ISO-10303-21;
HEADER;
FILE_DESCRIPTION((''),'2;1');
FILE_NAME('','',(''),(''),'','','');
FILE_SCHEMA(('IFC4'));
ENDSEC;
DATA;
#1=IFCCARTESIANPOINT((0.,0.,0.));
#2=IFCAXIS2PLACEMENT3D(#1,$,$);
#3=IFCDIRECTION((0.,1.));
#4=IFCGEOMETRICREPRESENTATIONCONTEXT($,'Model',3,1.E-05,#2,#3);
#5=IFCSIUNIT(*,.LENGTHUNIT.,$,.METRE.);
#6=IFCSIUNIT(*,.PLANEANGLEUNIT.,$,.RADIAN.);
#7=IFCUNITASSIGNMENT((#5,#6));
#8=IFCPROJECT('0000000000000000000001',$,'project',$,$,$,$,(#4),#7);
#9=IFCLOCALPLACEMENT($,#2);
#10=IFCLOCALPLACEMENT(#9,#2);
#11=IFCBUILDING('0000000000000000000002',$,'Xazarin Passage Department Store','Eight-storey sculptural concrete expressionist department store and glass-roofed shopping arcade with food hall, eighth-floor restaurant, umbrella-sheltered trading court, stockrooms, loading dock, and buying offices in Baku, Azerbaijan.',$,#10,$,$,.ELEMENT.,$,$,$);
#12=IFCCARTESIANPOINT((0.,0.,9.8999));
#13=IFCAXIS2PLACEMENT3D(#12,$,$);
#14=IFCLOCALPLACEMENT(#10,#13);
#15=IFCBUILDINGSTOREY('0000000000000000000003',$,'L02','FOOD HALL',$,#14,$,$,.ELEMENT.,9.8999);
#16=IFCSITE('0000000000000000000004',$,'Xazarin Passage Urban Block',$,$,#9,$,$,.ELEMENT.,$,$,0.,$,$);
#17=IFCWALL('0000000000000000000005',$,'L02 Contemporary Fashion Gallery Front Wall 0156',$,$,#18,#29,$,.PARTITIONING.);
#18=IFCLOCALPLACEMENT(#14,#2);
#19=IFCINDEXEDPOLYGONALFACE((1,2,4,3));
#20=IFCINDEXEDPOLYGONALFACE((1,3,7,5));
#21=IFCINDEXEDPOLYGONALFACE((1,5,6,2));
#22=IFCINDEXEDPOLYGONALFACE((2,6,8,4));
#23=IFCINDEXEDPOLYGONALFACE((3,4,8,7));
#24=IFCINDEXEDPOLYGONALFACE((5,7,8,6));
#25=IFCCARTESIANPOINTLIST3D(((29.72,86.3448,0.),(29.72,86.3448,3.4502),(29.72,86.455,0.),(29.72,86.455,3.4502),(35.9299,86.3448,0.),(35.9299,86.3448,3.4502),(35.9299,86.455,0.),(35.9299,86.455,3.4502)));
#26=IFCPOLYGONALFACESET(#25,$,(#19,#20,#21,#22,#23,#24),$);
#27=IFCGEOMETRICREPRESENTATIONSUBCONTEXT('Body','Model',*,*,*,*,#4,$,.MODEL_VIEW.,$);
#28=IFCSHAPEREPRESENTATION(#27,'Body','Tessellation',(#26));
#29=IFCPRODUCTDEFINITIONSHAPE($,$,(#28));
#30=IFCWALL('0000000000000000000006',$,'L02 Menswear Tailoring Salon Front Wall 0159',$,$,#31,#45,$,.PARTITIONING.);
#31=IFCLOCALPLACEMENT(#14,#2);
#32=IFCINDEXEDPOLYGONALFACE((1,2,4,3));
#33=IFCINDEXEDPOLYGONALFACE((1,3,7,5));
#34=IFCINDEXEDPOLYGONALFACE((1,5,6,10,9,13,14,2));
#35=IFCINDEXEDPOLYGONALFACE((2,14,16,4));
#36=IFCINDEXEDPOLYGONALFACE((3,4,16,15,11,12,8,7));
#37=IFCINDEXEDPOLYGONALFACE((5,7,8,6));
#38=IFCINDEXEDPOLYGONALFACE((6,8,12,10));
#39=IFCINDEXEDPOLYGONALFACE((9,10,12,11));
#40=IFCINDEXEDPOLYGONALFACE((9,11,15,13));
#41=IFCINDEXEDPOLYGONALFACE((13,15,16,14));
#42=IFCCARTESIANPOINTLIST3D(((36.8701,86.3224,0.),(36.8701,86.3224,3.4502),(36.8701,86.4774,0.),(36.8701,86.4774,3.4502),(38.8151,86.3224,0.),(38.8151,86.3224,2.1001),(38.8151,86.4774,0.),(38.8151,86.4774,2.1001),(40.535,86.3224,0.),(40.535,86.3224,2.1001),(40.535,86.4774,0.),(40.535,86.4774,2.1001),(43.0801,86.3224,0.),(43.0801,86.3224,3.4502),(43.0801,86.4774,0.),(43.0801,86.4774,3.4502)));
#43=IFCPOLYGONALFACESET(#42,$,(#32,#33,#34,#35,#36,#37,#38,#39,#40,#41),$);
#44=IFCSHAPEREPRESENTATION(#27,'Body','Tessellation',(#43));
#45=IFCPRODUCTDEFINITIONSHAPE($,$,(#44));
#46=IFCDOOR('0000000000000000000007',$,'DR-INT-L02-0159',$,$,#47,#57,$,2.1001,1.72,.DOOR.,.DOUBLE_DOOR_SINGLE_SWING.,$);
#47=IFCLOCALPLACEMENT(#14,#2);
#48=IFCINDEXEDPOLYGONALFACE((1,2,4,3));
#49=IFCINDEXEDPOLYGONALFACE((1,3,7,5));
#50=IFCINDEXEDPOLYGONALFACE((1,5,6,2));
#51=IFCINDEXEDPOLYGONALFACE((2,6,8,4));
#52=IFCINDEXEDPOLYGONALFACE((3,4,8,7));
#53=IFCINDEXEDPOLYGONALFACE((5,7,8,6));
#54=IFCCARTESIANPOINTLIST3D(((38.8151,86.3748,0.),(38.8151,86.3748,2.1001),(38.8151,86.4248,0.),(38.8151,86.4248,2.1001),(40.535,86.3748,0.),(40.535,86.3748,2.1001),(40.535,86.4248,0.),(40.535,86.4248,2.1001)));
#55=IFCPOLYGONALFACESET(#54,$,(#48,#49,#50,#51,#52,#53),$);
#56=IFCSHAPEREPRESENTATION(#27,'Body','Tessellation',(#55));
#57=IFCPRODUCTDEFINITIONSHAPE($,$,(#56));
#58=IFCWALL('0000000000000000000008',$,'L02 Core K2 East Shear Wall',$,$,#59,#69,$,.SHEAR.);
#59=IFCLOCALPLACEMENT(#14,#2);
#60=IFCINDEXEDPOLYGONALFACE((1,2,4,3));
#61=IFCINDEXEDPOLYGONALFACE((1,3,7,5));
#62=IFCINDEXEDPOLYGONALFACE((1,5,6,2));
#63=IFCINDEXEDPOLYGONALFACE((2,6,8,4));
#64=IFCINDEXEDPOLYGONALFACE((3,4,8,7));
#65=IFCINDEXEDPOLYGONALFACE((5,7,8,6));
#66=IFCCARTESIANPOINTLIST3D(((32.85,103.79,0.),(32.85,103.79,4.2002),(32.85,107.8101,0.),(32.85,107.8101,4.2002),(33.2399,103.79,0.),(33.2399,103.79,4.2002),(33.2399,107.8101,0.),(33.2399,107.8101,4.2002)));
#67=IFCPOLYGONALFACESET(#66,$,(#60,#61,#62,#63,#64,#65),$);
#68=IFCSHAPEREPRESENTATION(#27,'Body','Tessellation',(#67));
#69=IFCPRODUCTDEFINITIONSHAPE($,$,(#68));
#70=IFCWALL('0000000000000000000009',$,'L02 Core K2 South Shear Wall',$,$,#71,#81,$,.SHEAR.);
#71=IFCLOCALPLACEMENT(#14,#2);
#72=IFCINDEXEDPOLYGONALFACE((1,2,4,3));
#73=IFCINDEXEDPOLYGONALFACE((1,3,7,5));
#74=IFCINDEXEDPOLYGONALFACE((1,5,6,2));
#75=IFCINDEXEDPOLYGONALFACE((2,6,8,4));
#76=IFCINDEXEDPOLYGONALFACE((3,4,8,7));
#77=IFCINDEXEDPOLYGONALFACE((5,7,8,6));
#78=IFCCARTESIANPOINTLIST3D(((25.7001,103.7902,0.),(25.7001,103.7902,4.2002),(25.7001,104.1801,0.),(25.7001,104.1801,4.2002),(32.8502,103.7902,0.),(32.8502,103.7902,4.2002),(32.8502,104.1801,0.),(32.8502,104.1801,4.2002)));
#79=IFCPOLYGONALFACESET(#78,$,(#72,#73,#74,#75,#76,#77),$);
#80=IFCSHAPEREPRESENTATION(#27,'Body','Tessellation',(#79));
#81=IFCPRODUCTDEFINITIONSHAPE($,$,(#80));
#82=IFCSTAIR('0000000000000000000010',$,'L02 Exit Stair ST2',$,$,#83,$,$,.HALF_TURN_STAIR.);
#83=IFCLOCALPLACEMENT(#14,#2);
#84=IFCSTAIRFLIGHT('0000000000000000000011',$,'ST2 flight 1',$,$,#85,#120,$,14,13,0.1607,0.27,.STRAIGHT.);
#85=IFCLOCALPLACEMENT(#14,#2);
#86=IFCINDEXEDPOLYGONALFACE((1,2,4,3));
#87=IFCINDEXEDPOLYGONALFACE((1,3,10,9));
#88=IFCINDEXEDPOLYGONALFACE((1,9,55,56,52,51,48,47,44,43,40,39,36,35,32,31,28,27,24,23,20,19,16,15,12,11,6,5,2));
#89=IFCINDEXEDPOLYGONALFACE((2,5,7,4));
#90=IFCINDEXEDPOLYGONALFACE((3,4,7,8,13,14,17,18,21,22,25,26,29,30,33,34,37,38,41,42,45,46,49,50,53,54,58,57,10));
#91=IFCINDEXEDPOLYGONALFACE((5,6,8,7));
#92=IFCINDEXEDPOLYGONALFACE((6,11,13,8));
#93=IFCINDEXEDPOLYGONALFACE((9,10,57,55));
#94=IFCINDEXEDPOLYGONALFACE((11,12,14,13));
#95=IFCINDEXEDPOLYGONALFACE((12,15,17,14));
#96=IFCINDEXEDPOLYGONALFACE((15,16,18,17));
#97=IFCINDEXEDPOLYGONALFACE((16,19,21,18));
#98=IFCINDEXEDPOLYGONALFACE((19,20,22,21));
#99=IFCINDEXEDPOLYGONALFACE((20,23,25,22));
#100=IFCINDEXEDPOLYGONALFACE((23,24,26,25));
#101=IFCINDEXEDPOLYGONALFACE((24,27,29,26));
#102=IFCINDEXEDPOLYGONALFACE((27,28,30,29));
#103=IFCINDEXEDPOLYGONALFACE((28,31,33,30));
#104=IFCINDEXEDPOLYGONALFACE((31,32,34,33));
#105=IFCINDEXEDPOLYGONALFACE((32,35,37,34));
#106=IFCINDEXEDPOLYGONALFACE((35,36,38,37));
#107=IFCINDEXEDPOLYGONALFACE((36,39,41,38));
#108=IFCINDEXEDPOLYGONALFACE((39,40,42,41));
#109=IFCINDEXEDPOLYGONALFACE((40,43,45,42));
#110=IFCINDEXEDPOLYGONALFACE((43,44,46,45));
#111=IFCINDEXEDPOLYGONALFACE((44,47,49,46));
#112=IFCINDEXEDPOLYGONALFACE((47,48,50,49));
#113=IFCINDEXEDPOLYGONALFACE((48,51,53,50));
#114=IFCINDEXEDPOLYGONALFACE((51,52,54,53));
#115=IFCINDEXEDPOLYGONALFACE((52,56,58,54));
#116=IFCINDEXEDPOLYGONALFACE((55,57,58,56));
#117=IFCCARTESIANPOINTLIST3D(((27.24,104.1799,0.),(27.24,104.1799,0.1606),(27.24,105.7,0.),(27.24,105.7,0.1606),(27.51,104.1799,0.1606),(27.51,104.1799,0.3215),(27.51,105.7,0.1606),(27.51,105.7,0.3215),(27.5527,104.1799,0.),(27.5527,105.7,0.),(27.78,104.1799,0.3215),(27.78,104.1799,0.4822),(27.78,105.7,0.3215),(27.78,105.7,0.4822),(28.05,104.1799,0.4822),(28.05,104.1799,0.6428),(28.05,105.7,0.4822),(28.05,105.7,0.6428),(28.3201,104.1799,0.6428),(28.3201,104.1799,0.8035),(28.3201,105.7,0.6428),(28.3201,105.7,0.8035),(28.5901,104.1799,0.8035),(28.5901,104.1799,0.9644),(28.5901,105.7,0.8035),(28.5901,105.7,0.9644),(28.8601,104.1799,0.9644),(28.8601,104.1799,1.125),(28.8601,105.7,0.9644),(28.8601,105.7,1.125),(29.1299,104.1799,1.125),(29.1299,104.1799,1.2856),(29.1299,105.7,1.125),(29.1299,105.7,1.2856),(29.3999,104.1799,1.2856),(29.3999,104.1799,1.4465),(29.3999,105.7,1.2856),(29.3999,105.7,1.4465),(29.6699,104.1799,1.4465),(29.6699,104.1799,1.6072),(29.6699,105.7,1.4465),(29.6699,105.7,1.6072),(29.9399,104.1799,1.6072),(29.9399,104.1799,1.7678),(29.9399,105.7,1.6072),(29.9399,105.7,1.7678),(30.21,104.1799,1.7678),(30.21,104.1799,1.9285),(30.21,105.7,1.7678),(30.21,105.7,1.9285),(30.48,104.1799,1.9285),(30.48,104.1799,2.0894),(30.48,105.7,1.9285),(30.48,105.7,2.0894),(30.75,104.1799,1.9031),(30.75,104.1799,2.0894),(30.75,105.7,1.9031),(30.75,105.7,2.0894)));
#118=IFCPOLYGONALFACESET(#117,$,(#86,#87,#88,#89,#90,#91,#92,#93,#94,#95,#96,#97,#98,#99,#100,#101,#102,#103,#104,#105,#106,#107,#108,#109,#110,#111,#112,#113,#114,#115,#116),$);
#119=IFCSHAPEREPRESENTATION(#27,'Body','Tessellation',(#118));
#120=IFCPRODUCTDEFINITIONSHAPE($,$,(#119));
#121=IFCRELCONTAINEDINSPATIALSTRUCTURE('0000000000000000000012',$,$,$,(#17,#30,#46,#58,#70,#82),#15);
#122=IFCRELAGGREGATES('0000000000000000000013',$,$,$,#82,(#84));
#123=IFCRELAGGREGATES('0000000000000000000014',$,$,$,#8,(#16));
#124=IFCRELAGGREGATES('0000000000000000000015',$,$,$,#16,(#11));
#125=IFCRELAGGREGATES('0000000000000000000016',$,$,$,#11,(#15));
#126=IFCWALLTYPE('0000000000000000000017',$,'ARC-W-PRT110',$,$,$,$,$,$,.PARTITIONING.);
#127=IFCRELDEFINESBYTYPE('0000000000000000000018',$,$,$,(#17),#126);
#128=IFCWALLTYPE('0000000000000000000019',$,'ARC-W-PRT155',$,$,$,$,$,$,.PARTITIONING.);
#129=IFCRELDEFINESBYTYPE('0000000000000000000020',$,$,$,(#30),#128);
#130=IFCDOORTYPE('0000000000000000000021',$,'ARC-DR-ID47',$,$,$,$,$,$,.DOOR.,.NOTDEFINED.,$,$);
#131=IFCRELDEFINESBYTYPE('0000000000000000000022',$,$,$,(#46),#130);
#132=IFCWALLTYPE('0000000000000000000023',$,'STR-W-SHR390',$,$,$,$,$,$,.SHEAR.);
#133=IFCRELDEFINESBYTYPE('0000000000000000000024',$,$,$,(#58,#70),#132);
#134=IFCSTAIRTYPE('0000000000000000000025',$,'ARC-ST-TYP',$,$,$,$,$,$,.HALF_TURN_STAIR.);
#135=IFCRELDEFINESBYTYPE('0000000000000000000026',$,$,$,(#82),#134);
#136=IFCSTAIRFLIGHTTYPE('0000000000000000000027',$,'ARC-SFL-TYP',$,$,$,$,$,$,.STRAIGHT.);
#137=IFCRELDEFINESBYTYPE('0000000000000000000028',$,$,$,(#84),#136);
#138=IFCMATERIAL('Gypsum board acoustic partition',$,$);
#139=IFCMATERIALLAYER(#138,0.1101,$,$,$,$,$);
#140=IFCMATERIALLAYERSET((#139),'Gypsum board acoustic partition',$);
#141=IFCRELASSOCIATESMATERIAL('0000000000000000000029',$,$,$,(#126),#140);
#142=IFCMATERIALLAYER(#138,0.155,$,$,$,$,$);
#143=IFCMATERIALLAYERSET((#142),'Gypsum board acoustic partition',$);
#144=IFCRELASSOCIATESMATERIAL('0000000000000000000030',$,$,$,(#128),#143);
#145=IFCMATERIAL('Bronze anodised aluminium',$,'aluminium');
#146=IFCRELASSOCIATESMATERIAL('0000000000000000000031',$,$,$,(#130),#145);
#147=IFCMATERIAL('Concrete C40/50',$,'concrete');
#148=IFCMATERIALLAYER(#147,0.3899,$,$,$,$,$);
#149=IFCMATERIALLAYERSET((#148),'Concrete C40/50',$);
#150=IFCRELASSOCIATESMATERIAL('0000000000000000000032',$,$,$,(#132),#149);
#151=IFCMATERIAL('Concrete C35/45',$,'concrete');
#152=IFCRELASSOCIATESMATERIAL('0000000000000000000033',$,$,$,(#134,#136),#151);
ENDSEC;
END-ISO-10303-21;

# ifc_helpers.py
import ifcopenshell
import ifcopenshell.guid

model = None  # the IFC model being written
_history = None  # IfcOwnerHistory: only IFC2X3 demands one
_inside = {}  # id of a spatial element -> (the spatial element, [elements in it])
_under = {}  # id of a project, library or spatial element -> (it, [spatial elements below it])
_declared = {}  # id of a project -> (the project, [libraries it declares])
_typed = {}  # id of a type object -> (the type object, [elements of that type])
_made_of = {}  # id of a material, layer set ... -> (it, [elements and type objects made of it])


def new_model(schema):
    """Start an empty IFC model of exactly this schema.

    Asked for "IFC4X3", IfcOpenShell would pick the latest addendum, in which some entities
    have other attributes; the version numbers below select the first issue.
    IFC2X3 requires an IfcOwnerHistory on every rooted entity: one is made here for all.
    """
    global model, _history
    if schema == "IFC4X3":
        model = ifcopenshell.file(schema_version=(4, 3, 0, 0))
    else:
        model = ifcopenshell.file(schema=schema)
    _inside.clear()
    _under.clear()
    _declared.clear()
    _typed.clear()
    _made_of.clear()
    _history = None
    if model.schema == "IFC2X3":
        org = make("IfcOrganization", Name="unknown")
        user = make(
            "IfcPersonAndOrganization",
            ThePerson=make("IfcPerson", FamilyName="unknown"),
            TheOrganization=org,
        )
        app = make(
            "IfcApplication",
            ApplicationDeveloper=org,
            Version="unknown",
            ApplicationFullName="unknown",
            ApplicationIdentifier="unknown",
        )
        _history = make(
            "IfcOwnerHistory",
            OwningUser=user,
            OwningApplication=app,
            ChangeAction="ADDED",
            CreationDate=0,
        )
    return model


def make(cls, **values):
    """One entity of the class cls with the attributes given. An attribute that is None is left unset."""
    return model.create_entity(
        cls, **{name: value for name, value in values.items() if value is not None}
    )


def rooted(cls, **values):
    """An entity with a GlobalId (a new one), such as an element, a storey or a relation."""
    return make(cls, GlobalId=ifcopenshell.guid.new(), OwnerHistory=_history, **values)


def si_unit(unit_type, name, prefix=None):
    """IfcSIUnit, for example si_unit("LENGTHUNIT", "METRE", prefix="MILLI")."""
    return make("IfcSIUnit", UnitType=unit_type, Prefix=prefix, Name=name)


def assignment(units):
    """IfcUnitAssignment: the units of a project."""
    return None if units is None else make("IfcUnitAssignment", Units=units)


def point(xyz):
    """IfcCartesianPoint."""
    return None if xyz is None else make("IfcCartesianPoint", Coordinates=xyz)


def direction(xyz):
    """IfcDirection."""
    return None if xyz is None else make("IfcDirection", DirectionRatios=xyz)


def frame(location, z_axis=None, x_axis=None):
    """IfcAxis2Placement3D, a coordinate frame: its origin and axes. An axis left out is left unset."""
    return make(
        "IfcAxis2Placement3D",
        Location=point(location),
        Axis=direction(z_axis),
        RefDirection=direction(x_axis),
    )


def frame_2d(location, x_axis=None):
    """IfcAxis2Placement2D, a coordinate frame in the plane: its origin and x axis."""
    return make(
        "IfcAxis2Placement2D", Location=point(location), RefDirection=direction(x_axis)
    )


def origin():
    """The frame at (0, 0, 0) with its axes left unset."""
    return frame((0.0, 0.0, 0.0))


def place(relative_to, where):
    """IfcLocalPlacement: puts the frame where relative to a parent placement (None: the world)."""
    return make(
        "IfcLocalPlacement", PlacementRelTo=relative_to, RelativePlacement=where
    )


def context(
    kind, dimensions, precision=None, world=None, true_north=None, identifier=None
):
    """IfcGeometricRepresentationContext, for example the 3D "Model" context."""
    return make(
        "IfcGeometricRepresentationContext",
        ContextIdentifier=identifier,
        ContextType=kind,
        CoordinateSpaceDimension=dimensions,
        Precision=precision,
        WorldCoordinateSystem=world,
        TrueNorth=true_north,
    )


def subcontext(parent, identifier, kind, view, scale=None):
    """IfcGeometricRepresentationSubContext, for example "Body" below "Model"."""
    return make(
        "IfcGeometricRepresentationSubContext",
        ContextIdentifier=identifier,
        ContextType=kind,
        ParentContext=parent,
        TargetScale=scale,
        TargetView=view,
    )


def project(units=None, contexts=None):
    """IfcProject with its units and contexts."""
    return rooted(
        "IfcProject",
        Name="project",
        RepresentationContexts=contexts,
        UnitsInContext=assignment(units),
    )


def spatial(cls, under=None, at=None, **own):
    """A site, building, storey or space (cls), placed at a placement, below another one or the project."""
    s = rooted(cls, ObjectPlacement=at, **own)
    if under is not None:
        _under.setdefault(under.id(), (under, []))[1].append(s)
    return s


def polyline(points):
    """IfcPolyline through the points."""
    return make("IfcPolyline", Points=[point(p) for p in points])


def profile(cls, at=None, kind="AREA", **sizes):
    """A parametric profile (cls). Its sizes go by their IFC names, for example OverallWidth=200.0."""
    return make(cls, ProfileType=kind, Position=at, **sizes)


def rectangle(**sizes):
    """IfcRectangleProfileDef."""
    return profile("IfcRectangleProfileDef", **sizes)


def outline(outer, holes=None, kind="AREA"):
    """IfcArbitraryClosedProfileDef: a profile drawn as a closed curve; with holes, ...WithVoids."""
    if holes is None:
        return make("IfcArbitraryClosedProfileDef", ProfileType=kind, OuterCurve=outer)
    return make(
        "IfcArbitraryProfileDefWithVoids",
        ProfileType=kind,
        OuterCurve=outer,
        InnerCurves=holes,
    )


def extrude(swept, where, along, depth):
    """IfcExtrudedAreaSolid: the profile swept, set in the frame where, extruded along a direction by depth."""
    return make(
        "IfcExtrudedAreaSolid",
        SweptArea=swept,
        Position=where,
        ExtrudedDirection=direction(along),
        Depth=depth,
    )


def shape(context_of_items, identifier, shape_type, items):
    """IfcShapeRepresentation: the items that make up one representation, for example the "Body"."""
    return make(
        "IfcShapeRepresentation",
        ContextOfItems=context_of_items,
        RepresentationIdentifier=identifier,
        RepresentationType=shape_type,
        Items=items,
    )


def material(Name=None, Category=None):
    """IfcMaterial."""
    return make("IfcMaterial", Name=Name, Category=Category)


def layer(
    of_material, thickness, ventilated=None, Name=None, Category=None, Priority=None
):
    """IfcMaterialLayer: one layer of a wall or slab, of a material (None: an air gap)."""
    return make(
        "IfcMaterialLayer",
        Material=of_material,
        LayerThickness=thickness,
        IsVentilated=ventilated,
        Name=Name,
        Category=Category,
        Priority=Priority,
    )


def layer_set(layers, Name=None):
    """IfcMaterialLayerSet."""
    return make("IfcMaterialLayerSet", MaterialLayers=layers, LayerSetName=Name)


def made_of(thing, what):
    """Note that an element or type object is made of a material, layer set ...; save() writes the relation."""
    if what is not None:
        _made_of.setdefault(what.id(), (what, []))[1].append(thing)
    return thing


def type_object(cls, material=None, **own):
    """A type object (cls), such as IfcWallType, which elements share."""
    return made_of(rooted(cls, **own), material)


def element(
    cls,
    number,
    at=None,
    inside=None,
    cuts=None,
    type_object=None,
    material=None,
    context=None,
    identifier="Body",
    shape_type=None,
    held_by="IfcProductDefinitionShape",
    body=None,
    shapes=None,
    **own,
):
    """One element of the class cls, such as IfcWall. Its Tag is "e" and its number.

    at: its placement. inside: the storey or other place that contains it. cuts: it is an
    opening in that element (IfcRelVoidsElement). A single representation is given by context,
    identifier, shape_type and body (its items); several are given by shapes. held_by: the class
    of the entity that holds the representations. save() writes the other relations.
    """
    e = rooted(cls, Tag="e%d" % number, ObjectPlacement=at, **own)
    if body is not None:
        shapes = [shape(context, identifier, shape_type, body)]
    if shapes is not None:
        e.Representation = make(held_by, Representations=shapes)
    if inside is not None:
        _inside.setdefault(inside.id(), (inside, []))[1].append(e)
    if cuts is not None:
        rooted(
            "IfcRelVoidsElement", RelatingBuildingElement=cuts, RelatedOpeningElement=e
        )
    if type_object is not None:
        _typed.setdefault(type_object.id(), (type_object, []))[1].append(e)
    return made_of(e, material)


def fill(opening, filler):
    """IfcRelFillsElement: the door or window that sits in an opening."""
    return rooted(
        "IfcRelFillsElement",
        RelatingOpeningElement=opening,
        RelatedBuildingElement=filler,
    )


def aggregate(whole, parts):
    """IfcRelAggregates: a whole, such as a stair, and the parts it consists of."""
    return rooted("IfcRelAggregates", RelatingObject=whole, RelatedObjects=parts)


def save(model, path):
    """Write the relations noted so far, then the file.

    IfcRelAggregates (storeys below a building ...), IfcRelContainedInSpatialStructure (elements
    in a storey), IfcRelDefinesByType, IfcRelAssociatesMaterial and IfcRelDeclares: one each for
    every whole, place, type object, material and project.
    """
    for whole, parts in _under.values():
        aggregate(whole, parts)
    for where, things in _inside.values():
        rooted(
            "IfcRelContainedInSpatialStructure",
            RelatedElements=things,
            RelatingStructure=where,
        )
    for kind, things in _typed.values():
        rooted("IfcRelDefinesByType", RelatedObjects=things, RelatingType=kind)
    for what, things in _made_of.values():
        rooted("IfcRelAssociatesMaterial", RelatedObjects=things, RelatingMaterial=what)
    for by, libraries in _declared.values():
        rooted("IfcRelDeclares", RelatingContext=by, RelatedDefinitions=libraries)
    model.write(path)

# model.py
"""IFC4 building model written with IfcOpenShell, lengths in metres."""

from ifc_helpers import new_model, si_unit, direction, frame, frame_2d, origin, place, context, subcontext, project, spatial, polyline, rectangle, outline, extrude, material, layer, layer_set, type_object, element, fill, aggregate, save


model = new_model("IFC4")

# Units and contexts
model_context = context("Model", 3, precision=1e-05, world=origin(), true_north=direction((0.0, 1.0)))
body_context = subcontext(model_context, "Body", "Model", "MODEL_VIEW")
ifc_project = project(units=[si_unit("LENGTHUNIT", "METRE"), si_unit("PLANEANGLEUNIT", "RADIAN")], contexts=[model_context])

# Site, building, storey
site_placement = place(None, origin())
site = spatial("IfcSite", under=ifc_project, at=site_placement, Name="Xazarin Passage Urban Block", CompositionType="ELEMENT", RefElevation=0.0)
building_placement = place(site_placement, origin())
building = spatial("IfcBuilding", under=site, at=building_placement, Name="Xazarin Passage Department Store", Description="Eight-storey sculptural concrete expressionist department store and glass-roofed shopping arcade with food hall, eighth-floor restaurant, umbrella-sheltered trading court, stockrooms, loading dock, and buying offices in Baku, Azerbaijan.", CompositionType="ELEMENT")
storey_placement = place(building_placement, frame((0.0, 0.0, 9.8999)))
storey = spatial("IfcBuildingStorey", under=building, at=storey_placement, Name="L02", Description="FOOD HALL", CompositionType="ELEMENT", Elevation=9.8999)

# Shared definitions
ifc_material_1 = material(Name="Concrete C40/50", Category="concrete")

# Shared definitions
ifc_material_2 = material(Name="Concrete C35/45", Category="concrete")

# Shared definitions
ifc_material_3 = material(Name="Gypsum board acoustic partition")
ifc_layer_1 = layer(ifc_material_3, 0.1101)
ifc_layer_set_1 = layer_set([ifc_layer_1], Name="Gypsum board acoustic partition")
wall_type_1 = type_object("IfcWallType", Name="ARC-W-PRT110", PredefinedType="PARTITIONING", material=ifc_layer_set_1)
ifc_material_4 = material(Name="Bronze anodised aluminium", Category="aluminium")

# Wall
wall_1_placement = place(storey_placement, frame((29.72, 86.3999, 0.0), z_axis=(0.0, 0.0, 1.0), x_axis=(1.0, 0.0, 0.0)))
element("IfcWall", 1, at=wall_1_placement, inside=storey, type_object=wall_type_1, Name="L02 Contemporary Fashion Gallery Front Wall 0156", PredefinedType="PARTITIONING", context=body_context, shape_type="SweptSolid", body=[
    extrude(rectangle(XDim=6.21, YDim=0.1101, at=frame_2d((3.105, 0.0))), origin(), (0.0, 0.0, 1.0), 3.4502),
])

# Wall, opening, door
ifc_layer_2 = layer(ifc_material_3, 0.155)
ifc_layer_set_2 = layer_set([ifc_layer_2], Name="Gypsum board acoustic partition")
wall_type_2 = type_object("IfcWallType", Name="ARC-W-PRT155", PredefinedType="PARTITIONING", material=ifc_layer_set_2)
wall_2_placement = place(storey_placement, frame((36.8701, 86.3999, 0.0), z_axis=(0.0, 0.0, 1.0), x_axis=(1.0, 0.0, 0.0)))
wall_2 = element("IfcWall", 2, at=wall_2_placement, inside=storey, type_object=wall_type_2, Name="L02 Menswear Tailoring Salon Front Wall 0159", PredefinedType="PARTITIONING", context=body_context, shape_type="SweptSolid", body=[
    extrude(rectangle(XDim=6.21, YDim=0.155, at=frame_2d((3.105, 0.0))), origin(), (0.0, 0.0, 1.0), 3.4502),
])
opening_1_placement = place(wall_2_placement, frame((1.9451, 0.0, 0.0)))
opening_1 = element("IfcOpeningElement", 3, at=opening_1_placement, cuts=wall_2, PredefinedType="OPENING", context=body_context, shape_type="SweptSolid", body=[
    extrude(rectangle(XDim=1.72, YDim=2.1001, at=frame_2d((0.8599, 1.05))), frame((0.0, 0.0874, 0.0), z_axis=(0.0, -1.0, 0.0), x_axis=(1.0, 0.0, 0.0)), (0.0, 0.0, 1.0), 0.175),
])
door_type_1 = type_object("IfcDoorType", Name="ARC-DR-ID47", OperationType="NOTDEFINED", PredefinedType="DOOR", material=ifc_material_4)
door_1_placement = place(opening_1_placement, origin())
door_1 = element("IfcDoor", 4, at=door_1_placement, inside=storey, type_object=door_type_1, Name="DR-INT-L02-0159", OperationType="DOUBLE_DOOR_SINGLE_SWING", OverallHeight=2.1001, OverallWidth=1.72, PredefinedType="DOOR", context=body_context, shape_type="SweptSolid", body=[
    extrude(rectangle(XDim=1.72, YDim=2.1001, at=frame_2d((0.8599, 1.05))), frame((0.0, 0.0249, 0.0), z_axis=(0.0, -1.0, 0.0), x_axis=(1.0, 0.0, 0.0)), (0.0, 0.0, 1.0), 0.05),
])
fill(opening_1, door_1)

# Walls
ifc_layer_3 = layer(ifc_material_1, 0.3899)
ifc_layer_set_3 = layer_set([ifc_layer_3], Name="Concrete C40/50")
wall_type_3 = type_object("IfcWallType", Name="STR-W-SHR390", PredefinedType="SHEAR", material=ifc_layer_set_3)
wall_3_placement = place(storey_placement, frame((33.0449, 103.79, 0.0), z_axis=(0.0, 0.0, 1.0), x_axis=(0.0, 1.0, 0.0)))
element("IfcWall", 5, at=wall_3_placement, inside=storey, type_object=wall_type_3, Name="L02 Core K2 East Shear Wall", PredefinedType="SHEAR", context=body_context, shape_type="SweptSolid", body=[
    extrude(rectangle(XDim=4.02, YDim=0.3899, at=frame_2d((2.01, 0.0))), origin(), (0.0, 0.0, 1.0), 4.2002),
])
wall_4_placement = place(storey_placement, frame((25.7, 103.9851, 0.0), z_axis=(0.0, 0.0, 1.0), x_axis=(1.0, 0.0, 0.0)))
element("IfcWall", 6, at=wall_4_placement, inside=storey, type_object=wall_type_3, Name="L02 Core K2 South Shear Wall", PredefinedType="SHEAR", context=body_context, shape_type="SweptSolid", body=[
    extrude(rectangle(XDim=7.1501, YDim=0.3899, at=frame_2d((3.5752, 0.0))), origin(), (0.0, 0.0, 1.0), 4.2002),
])

# Stair, stair flight
stair_type = type_object("IfcStairType", Name="ARC-ST-TYP", PredefinedType="HALF_TURN_STAIR", material=ifc_material_2)
stair_placement = place(storey_placement, origin())
stair = element("IfcStair", 7, at=stair_placement, inside=storey, type_object=stair_type, Name="L02 Exit Stair ST2", PredefinedType="HALF_TURN_STAIR")
stair_flight_type = type_object("IfcStairFlightType", Name="ARC-SFL-TYP", PredefinedType="STRAIGHT", material=ifc_material_2)
stair_flight_placement = place(storey_placement, frame((27.24, 104.9399, 0.0), z_axis=(0.0, 0.0, 1.0), x_axis=(1.0, 0.0, 0.0)))
stair_flight = element("IfcStairFlight", 8, at=stair_flight_placement, type_object=stair_flight_type, Name="ST2 flight 1", NumberOfRisers=14, NumberOfTreads=13, PredefinedType="STRAIGHT", RiserHeight=0.1607, TreadLength=0.27, context=body_context, shape_type="SweptSolid", body=[
    extrude(outline(polyline([(0.0, 0.0), (0.0, 0.1606), (0.27, 0.1606), (0.27, 0.3215), (0.54, 0.3215), (0.54, 0.4822), (0.8101, 0.4822), (0.8101, 0.6428), (1.0801, 0.6428), (1.0801, 0.8035), (1.3501, 0.8035), (1.3501, 0.9644), (1.6201, 0.9644), (1.6201, 1.125), (1.8899, 1.125), (1.8899, 1.2856), (2.1599, 1.2856), (2.1599, 1.4465), (2.4299, 1.4465), (2.4299, 1.6072), (2.7, 1.6072), (2.7, 1.7678), (2.97, 1.7678), (2.97, 1.9285), (3.24, 1.9285), (3.24, 2.0894), (3.51, 2.0894), (3.51, 2.25), (3.51, 1.9031), (0.3127, 0.0), (0.0, 0.0)])), frame((0.0, 0.76, 0.0), z_axis=(0.0, -1.0, 0.0), x_axis=(1.0, 0.0, 0.0)), (0.0, 0.0, 1.0), 1.52),
])
aggregate(stair, [stair_flight])

save(model, "model.ifc")
